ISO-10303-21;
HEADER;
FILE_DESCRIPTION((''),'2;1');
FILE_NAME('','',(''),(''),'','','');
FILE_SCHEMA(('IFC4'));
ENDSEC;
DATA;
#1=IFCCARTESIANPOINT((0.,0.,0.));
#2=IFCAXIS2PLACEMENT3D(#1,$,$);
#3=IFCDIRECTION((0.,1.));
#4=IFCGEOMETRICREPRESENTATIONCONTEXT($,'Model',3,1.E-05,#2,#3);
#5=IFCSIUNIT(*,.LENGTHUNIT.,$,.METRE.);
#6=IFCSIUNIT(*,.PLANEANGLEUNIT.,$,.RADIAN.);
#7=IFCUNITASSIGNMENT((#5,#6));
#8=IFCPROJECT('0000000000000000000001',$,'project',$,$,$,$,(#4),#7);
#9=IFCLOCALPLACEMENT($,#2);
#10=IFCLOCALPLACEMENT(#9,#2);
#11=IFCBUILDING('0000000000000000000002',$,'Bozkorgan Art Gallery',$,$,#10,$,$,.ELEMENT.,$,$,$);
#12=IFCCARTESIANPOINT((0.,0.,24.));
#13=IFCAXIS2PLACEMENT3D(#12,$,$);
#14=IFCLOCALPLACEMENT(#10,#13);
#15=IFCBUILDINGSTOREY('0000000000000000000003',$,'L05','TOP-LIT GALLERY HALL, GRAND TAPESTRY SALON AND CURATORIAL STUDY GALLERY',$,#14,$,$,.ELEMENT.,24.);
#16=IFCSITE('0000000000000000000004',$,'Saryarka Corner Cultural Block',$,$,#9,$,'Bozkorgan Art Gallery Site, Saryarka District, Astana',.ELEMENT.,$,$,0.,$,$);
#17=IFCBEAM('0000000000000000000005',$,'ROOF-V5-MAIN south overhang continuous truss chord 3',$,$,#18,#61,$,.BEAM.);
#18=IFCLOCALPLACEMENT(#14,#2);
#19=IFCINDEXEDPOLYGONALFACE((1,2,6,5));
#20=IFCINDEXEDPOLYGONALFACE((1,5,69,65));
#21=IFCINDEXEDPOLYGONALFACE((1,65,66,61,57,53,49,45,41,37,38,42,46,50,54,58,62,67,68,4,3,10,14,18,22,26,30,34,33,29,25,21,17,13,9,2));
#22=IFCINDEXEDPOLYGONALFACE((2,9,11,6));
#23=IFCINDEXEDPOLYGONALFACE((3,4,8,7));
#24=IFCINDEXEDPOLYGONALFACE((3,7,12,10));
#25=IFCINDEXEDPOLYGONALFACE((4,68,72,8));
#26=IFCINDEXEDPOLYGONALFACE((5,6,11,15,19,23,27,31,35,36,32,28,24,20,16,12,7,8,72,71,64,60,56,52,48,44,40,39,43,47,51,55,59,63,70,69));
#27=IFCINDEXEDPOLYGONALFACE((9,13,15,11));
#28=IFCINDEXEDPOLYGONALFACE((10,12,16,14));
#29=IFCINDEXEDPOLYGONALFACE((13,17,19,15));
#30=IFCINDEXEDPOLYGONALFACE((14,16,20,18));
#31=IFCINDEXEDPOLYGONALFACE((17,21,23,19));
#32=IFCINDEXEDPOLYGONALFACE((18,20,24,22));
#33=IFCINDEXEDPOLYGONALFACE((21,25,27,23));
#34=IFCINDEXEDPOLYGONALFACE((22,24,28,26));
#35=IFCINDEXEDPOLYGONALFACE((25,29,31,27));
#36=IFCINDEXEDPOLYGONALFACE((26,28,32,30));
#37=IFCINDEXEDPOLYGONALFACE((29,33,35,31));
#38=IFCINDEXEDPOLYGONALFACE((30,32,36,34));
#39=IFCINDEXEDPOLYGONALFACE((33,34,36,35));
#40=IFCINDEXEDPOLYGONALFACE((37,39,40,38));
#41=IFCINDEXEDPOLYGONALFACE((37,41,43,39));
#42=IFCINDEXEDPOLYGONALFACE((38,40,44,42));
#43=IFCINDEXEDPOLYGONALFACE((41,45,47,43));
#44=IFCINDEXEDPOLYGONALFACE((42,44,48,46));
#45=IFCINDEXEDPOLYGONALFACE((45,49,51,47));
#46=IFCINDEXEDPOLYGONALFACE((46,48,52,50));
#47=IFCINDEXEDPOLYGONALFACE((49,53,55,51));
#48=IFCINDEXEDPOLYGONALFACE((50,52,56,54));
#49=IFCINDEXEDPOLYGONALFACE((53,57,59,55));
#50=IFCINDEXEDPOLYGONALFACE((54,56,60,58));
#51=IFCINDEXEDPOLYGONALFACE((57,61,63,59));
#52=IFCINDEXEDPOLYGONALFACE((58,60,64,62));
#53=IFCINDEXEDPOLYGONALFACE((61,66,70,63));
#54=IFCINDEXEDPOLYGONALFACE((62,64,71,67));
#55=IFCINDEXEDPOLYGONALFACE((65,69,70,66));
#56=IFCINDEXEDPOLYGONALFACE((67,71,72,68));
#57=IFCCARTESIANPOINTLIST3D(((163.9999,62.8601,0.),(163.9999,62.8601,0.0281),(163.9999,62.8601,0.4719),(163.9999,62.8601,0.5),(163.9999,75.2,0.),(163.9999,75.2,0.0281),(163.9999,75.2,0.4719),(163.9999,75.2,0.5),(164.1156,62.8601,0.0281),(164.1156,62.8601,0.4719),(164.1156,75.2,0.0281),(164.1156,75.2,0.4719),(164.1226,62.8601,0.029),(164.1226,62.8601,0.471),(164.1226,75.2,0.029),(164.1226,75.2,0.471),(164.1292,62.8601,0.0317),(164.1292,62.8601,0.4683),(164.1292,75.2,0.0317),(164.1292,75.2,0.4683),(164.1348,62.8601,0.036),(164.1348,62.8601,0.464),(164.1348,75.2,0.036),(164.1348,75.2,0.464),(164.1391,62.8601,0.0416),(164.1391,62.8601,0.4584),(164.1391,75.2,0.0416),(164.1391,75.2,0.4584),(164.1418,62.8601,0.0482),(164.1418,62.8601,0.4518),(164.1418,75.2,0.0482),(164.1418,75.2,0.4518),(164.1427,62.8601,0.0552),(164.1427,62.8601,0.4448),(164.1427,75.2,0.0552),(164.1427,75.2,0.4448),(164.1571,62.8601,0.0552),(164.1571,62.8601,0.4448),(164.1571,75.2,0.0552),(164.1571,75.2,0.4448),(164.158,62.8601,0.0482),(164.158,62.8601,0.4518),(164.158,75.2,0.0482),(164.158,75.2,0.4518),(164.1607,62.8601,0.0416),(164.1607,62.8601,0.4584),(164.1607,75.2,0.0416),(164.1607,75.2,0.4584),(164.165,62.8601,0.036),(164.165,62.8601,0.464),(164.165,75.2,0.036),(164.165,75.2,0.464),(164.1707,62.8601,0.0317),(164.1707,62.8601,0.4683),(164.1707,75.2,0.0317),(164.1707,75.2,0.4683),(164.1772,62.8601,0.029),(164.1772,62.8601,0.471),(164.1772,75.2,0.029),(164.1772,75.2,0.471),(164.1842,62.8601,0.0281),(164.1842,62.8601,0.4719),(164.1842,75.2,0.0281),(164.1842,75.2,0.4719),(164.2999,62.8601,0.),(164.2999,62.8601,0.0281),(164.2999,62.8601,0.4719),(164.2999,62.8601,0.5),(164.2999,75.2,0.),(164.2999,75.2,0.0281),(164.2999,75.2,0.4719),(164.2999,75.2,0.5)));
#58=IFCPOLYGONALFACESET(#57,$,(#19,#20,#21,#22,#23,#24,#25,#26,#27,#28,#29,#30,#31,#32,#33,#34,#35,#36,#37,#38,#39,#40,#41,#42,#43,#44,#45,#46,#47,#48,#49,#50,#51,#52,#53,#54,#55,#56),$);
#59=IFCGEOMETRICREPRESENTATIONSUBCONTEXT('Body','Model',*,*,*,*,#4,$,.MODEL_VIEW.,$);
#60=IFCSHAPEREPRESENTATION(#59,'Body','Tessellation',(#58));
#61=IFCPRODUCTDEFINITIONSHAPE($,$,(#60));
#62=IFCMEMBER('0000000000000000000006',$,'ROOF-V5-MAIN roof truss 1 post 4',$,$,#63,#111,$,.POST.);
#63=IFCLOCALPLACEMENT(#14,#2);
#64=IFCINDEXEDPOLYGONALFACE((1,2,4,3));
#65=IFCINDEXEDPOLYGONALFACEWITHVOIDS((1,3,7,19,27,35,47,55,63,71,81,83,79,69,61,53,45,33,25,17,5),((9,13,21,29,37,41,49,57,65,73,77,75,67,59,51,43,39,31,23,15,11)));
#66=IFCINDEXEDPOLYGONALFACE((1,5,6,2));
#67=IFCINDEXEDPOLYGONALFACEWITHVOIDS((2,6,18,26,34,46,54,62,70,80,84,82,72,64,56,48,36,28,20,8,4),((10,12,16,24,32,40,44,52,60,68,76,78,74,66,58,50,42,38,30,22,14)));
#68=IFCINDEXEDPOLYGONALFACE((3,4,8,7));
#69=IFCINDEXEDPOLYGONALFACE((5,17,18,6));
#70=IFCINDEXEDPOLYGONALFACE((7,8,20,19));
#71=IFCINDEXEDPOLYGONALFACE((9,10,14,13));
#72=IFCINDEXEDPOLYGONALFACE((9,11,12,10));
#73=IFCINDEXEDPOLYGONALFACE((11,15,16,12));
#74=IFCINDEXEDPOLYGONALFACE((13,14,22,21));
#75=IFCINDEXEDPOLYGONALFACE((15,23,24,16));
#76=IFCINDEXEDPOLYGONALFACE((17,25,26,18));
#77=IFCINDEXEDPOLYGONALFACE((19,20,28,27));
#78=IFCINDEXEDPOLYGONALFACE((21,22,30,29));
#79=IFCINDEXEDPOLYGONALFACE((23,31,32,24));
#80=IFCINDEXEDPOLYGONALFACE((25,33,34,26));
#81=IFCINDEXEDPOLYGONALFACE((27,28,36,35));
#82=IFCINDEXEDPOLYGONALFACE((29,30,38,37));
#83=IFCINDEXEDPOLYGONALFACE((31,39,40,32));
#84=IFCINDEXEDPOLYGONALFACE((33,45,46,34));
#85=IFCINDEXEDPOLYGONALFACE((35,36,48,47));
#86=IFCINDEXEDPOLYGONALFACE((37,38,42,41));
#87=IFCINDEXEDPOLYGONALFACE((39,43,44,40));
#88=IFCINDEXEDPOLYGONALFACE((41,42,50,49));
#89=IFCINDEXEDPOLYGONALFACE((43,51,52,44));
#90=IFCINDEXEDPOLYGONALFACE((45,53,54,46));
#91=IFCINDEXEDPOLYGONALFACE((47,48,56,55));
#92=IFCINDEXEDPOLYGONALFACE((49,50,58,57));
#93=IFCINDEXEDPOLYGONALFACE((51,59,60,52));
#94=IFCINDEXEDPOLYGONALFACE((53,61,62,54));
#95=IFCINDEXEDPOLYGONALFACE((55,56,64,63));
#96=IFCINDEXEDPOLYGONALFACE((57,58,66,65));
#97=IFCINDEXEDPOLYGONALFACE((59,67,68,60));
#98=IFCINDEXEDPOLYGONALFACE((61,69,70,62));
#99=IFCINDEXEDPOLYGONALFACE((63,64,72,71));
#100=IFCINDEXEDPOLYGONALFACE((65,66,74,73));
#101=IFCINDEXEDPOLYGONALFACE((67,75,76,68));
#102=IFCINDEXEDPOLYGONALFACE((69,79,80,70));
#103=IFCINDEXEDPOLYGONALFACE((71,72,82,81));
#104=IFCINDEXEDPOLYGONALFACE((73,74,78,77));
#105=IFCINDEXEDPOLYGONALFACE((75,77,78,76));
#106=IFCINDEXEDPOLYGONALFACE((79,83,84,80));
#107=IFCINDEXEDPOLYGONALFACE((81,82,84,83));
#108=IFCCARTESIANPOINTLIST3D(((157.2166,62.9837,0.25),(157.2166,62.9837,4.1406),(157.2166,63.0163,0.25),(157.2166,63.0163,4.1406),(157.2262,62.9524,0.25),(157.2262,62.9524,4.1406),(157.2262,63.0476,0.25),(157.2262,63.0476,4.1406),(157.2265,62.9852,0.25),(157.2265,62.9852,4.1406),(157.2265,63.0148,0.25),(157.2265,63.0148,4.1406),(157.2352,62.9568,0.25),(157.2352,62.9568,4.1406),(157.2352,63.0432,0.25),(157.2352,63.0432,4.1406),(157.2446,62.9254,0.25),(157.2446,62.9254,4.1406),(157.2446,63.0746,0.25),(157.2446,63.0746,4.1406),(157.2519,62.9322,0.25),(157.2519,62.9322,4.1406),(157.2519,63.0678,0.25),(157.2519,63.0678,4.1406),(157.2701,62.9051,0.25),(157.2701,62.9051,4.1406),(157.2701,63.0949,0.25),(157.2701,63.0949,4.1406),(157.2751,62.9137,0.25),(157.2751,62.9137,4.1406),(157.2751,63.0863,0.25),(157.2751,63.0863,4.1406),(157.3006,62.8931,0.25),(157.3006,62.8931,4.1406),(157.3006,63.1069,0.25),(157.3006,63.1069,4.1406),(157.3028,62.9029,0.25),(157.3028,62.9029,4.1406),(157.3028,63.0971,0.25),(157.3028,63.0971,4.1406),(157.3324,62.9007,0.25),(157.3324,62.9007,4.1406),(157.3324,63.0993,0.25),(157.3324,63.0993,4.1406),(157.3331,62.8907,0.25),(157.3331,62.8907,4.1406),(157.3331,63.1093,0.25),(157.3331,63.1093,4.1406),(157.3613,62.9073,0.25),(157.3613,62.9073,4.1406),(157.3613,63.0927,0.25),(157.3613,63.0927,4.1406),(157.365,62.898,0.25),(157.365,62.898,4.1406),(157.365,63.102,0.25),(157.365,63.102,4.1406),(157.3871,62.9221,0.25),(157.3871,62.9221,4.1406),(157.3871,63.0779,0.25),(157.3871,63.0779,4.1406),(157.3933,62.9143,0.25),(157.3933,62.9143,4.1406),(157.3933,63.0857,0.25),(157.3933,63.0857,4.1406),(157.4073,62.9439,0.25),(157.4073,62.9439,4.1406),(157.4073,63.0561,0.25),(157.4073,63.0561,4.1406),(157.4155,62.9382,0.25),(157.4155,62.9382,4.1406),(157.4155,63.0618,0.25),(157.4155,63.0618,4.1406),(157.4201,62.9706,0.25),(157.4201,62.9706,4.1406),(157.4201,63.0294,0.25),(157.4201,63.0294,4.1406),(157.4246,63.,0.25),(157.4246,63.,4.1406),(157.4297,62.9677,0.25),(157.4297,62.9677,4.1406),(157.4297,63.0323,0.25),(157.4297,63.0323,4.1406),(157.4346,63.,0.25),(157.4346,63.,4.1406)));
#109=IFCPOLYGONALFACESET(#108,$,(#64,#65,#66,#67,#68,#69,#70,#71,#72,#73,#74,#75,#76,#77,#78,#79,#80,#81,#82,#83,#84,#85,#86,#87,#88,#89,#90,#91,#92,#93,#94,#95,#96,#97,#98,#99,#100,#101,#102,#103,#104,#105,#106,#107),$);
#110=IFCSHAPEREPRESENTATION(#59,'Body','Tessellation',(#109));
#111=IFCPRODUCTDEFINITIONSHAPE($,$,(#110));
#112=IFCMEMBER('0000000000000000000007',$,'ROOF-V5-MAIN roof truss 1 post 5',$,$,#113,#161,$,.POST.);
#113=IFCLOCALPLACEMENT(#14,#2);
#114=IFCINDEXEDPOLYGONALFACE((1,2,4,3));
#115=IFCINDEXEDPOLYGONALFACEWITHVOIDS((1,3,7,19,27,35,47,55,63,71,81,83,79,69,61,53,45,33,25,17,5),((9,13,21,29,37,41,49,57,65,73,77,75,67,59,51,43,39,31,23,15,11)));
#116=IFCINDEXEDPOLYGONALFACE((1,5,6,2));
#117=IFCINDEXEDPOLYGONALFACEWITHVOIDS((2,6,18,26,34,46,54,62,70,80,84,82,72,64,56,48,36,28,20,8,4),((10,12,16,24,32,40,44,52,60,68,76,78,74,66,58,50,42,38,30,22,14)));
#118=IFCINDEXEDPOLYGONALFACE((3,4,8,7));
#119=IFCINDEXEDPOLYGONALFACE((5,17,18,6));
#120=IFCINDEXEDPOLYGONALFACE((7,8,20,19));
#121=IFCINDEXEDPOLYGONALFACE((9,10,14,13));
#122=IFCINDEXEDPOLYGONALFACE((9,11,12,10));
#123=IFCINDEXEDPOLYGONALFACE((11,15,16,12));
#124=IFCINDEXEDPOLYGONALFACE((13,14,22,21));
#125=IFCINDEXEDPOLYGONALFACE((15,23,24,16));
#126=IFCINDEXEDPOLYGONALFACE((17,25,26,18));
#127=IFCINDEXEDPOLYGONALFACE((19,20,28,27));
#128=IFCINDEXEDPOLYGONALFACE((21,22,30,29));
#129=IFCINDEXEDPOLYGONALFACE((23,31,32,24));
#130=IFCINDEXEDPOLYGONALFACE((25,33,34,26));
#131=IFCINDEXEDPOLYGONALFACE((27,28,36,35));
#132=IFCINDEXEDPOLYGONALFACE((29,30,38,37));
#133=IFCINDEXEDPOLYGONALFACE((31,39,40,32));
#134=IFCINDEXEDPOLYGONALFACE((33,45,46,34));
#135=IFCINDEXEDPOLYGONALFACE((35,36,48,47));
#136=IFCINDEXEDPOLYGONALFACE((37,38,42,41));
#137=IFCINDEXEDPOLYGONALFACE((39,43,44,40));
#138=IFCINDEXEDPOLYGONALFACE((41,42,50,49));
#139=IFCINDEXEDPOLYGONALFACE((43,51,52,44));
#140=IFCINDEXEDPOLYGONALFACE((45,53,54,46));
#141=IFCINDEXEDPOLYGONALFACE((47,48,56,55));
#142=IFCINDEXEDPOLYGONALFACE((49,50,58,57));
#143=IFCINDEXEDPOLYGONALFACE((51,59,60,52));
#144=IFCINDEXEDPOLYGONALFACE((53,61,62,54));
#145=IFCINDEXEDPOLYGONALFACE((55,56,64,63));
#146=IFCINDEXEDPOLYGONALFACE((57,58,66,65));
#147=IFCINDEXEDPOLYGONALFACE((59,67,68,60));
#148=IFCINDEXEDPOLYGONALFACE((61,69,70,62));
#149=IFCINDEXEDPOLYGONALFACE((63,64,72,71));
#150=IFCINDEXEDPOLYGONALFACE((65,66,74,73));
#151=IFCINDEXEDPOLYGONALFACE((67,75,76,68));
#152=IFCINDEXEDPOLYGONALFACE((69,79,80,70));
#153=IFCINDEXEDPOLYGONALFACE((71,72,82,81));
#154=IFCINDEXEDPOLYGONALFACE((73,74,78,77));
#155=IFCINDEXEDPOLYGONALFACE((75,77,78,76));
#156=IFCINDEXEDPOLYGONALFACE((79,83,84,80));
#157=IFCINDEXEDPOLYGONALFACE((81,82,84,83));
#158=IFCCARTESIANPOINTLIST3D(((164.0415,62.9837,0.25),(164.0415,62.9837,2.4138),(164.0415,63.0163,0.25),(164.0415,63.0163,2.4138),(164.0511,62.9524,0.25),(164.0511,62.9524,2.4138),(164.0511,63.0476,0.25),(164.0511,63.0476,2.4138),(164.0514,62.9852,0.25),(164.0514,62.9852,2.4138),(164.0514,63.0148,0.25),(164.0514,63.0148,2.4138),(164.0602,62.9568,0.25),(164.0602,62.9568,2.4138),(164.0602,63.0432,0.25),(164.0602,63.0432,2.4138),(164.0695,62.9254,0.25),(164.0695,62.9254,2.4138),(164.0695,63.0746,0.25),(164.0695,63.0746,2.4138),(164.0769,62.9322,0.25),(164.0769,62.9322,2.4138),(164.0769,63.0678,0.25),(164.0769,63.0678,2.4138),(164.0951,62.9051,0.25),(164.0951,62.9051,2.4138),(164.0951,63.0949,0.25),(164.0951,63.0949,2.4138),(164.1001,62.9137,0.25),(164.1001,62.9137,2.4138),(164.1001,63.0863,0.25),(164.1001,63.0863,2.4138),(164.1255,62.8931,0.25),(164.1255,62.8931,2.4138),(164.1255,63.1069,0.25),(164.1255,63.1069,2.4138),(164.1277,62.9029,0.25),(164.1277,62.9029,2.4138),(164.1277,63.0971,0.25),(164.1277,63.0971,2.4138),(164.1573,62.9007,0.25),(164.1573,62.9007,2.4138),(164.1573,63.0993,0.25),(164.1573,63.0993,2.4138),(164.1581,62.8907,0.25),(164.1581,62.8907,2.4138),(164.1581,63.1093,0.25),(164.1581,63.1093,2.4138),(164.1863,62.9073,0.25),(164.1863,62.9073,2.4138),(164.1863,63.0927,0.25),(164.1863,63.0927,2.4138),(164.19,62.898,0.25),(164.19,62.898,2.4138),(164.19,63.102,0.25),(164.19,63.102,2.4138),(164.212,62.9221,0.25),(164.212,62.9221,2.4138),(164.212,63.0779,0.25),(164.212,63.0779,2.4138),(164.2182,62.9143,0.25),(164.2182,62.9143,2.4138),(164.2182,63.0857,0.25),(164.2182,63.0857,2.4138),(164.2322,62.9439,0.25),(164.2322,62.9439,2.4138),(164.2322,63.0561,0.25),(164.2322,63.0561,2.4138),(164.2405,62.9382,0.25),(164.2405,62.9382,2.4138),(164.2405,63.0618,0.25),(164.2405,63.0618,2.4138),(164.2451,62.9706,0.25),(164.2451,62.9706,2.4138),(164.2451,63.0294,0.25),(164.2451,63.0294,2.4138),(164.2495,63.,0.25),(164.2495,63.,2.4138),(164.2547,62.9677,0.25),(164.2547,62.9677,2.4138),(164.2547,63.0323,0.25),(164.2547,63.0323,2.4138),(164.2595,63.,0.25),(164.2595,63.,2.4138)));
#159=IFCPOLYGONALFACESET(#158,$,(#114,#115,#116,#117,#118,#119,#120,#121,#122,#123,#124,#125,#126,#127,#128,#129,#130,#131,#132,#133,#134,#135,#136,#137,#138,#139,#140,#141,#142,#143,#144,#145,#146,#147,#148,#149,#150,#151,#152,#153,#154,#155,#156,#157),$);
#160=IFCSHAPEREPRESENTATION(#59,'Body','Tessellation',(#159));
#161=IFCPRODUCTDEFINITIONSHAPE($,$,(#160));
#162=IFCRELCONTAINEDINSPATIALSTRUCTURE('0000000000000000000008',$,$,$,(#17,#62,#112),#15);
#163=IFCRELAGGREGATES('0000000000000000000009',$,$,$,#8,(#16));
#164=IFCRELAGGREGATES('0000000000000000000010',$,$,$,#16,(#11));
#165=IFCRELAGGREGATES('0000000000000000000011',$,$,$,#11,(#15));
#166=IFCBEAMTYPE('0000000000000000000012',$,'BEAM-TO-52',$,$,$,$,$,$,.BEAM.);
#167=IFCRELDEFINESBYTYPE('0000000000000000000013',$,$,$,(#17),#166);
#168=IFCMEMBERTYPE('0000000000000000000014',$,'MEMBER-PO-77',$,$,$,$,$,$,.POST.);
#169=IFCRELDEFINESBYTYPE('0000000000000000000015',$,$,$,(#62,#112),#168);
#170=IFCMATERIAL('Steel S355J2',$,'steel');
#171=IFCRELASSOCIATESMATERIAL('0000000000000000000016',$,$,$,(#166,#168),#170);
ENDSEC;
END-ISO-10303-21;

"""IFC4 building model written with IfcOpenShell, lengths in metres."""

from ifc_helpers import new_model, si_unit, direction, frame, origin, origin_2d, place, context, subcontext, project, spatial, hollow_circle, i_section, extrude, material, material_profile, profile_set, type_object, element, save


model = new_model("IFC4")

# Units and contexts
model_context = context("Model", 3, precision=1e-05, world=origin(), true_north=direction((0.0, 1.0)))
body_context = subcontext(model_context, "Body", "Model", "MODEL_VIEW")
ifc_project = project(units=[si_unit("LENGTHUNIT", "METRE"), si_unit("PLANEANGLEUNIT", "RADIAN")], contexts=[model_context])

# Site, building, storey
site_placement = place(None, origin())
site = spatial("IfcSite", under=ifc_project, at=site_placement, Name="Saryarka Corner Cultural Block", LongName="Bozkorgan Art Gallery Site, Saryarka District, Astana", CompositionType="ELEMENT", RefElevation=0.0)
building_placement = place(site_placement, origin())
building = spatial("IfcBuilding", under=site, at=building_placement, Name="Bozkorgan Art Gallery", CompositionType="ELEMENT")
storey_placement = place(building_placement, frame((0.0, 0.0, 24.0)))
storey = spatial("IfcBuildingStorey", under=building, at=storey_placement, Name="L05", Description="TOP-LIT GALLERY HALL, GRAND TAPESTRY SALON AND CURATORIAL STUDY GALLERY", CompositionType="ELEMENT", Elevation=24.0)

# Beam
ifc_material_1 = material(Name="Steel S355J2", Category="steel")
ifc_material_profile_1 = material_profile(ifc_material_1, i_section(OverallWidth=0.3, OverallDepth=0.5, WebThickness=0.0144, FlangeThickness=0.0281, FilletRadius=0.0271, at=origin_2d()), Name="HEB 500")
ifc_profile_set_1 = profile_set([ifc_material_profile_1], Name="Steel S355J2")
beam_type = type_object("IfcBeamType", Name="BEAM-TO-52", PredefinedType="BEAM", material=ifc_profile_set_1)
beam_placement = place(storey_placement, frame((164.1499, 62.8601, 0.25), z_axis=(0.0, 1.0, 0.0), x_axis=(-1.0, 0.0, 0.0)))
element("IfcBeam", 1, at=beam_placement, inside=storey, type_object=beam_type, Name="ROOF-V5-MAIN south overhang continuous truss chord 3", PredefinedType="BEAM", context=body_context, shape_type="SweptSolid", body=[
    extrude(i_section(OverallWidth=0.3, OverallDepth=0.5, WebThickness=0.0144, FlangeThickness=0.0281, FilletRadius=0.0271, at=origin_2d()), origin(), (0.0, 0.0, 1.0), 12.3398),
])

# Members
ifc_material_profile_2 = material_profile(ifc_material_1, hollow_circle(Radius=0.1096, WallThickness=0.01, at=origin_2d()), Name="CHS 219.1x10")
ifc_profile_set_2 = profile_set([ifc_material_profile_2], Name="Steel S355J2")
member_type_1 = type_object("IfcMemberType", Name="MEMBER-PO-77", PredefinedType="POST", material=ifc_profile_set_2)
member_1_placement = place(storey_placement, frame((157.325, 63.0, 0.25), z_axis=(0.0, 0.0, 1.0), x_axis=(1.0, 0.0, 0.0)))
element("IfcMember", 2, at=member_1_placement, inside=storey, type_object=member_type_1, Name="ROOF-V5-MAIN roof truss 1 post 4", PredefinedType="POST", context=body_context, shape_type="SweptSolid", body=[
    extrude(hollow_circle(Radius=0.1096, WallThickness=0.01, at=origin_2d()), origin(), (0.0, 0.0, 1.0), 3.8906),
])
member_2_placement = place(storey_placement, frame((164.1499, 63.0, 0.25), z_axis=(0.0, 0.0, 1.0), x_axis=(1.0, 0.0, 0.0)))
element("IfcMember", 3, at=member_2_placement, inside=storey, type_object=member_type_1, Name="ROOF-V5-MAIN roof truss 1 post 5", PredefinedType="POST", context=body_context, shape_type="SweptSolid", body=[
    extrude(hollow_circle(Radius=0.1096, WallThickness=0.01, at=origin_2d()), origin(), (0.0, 0.0, 1.0), 2.1638),
])

save(model, "model.ifc")
